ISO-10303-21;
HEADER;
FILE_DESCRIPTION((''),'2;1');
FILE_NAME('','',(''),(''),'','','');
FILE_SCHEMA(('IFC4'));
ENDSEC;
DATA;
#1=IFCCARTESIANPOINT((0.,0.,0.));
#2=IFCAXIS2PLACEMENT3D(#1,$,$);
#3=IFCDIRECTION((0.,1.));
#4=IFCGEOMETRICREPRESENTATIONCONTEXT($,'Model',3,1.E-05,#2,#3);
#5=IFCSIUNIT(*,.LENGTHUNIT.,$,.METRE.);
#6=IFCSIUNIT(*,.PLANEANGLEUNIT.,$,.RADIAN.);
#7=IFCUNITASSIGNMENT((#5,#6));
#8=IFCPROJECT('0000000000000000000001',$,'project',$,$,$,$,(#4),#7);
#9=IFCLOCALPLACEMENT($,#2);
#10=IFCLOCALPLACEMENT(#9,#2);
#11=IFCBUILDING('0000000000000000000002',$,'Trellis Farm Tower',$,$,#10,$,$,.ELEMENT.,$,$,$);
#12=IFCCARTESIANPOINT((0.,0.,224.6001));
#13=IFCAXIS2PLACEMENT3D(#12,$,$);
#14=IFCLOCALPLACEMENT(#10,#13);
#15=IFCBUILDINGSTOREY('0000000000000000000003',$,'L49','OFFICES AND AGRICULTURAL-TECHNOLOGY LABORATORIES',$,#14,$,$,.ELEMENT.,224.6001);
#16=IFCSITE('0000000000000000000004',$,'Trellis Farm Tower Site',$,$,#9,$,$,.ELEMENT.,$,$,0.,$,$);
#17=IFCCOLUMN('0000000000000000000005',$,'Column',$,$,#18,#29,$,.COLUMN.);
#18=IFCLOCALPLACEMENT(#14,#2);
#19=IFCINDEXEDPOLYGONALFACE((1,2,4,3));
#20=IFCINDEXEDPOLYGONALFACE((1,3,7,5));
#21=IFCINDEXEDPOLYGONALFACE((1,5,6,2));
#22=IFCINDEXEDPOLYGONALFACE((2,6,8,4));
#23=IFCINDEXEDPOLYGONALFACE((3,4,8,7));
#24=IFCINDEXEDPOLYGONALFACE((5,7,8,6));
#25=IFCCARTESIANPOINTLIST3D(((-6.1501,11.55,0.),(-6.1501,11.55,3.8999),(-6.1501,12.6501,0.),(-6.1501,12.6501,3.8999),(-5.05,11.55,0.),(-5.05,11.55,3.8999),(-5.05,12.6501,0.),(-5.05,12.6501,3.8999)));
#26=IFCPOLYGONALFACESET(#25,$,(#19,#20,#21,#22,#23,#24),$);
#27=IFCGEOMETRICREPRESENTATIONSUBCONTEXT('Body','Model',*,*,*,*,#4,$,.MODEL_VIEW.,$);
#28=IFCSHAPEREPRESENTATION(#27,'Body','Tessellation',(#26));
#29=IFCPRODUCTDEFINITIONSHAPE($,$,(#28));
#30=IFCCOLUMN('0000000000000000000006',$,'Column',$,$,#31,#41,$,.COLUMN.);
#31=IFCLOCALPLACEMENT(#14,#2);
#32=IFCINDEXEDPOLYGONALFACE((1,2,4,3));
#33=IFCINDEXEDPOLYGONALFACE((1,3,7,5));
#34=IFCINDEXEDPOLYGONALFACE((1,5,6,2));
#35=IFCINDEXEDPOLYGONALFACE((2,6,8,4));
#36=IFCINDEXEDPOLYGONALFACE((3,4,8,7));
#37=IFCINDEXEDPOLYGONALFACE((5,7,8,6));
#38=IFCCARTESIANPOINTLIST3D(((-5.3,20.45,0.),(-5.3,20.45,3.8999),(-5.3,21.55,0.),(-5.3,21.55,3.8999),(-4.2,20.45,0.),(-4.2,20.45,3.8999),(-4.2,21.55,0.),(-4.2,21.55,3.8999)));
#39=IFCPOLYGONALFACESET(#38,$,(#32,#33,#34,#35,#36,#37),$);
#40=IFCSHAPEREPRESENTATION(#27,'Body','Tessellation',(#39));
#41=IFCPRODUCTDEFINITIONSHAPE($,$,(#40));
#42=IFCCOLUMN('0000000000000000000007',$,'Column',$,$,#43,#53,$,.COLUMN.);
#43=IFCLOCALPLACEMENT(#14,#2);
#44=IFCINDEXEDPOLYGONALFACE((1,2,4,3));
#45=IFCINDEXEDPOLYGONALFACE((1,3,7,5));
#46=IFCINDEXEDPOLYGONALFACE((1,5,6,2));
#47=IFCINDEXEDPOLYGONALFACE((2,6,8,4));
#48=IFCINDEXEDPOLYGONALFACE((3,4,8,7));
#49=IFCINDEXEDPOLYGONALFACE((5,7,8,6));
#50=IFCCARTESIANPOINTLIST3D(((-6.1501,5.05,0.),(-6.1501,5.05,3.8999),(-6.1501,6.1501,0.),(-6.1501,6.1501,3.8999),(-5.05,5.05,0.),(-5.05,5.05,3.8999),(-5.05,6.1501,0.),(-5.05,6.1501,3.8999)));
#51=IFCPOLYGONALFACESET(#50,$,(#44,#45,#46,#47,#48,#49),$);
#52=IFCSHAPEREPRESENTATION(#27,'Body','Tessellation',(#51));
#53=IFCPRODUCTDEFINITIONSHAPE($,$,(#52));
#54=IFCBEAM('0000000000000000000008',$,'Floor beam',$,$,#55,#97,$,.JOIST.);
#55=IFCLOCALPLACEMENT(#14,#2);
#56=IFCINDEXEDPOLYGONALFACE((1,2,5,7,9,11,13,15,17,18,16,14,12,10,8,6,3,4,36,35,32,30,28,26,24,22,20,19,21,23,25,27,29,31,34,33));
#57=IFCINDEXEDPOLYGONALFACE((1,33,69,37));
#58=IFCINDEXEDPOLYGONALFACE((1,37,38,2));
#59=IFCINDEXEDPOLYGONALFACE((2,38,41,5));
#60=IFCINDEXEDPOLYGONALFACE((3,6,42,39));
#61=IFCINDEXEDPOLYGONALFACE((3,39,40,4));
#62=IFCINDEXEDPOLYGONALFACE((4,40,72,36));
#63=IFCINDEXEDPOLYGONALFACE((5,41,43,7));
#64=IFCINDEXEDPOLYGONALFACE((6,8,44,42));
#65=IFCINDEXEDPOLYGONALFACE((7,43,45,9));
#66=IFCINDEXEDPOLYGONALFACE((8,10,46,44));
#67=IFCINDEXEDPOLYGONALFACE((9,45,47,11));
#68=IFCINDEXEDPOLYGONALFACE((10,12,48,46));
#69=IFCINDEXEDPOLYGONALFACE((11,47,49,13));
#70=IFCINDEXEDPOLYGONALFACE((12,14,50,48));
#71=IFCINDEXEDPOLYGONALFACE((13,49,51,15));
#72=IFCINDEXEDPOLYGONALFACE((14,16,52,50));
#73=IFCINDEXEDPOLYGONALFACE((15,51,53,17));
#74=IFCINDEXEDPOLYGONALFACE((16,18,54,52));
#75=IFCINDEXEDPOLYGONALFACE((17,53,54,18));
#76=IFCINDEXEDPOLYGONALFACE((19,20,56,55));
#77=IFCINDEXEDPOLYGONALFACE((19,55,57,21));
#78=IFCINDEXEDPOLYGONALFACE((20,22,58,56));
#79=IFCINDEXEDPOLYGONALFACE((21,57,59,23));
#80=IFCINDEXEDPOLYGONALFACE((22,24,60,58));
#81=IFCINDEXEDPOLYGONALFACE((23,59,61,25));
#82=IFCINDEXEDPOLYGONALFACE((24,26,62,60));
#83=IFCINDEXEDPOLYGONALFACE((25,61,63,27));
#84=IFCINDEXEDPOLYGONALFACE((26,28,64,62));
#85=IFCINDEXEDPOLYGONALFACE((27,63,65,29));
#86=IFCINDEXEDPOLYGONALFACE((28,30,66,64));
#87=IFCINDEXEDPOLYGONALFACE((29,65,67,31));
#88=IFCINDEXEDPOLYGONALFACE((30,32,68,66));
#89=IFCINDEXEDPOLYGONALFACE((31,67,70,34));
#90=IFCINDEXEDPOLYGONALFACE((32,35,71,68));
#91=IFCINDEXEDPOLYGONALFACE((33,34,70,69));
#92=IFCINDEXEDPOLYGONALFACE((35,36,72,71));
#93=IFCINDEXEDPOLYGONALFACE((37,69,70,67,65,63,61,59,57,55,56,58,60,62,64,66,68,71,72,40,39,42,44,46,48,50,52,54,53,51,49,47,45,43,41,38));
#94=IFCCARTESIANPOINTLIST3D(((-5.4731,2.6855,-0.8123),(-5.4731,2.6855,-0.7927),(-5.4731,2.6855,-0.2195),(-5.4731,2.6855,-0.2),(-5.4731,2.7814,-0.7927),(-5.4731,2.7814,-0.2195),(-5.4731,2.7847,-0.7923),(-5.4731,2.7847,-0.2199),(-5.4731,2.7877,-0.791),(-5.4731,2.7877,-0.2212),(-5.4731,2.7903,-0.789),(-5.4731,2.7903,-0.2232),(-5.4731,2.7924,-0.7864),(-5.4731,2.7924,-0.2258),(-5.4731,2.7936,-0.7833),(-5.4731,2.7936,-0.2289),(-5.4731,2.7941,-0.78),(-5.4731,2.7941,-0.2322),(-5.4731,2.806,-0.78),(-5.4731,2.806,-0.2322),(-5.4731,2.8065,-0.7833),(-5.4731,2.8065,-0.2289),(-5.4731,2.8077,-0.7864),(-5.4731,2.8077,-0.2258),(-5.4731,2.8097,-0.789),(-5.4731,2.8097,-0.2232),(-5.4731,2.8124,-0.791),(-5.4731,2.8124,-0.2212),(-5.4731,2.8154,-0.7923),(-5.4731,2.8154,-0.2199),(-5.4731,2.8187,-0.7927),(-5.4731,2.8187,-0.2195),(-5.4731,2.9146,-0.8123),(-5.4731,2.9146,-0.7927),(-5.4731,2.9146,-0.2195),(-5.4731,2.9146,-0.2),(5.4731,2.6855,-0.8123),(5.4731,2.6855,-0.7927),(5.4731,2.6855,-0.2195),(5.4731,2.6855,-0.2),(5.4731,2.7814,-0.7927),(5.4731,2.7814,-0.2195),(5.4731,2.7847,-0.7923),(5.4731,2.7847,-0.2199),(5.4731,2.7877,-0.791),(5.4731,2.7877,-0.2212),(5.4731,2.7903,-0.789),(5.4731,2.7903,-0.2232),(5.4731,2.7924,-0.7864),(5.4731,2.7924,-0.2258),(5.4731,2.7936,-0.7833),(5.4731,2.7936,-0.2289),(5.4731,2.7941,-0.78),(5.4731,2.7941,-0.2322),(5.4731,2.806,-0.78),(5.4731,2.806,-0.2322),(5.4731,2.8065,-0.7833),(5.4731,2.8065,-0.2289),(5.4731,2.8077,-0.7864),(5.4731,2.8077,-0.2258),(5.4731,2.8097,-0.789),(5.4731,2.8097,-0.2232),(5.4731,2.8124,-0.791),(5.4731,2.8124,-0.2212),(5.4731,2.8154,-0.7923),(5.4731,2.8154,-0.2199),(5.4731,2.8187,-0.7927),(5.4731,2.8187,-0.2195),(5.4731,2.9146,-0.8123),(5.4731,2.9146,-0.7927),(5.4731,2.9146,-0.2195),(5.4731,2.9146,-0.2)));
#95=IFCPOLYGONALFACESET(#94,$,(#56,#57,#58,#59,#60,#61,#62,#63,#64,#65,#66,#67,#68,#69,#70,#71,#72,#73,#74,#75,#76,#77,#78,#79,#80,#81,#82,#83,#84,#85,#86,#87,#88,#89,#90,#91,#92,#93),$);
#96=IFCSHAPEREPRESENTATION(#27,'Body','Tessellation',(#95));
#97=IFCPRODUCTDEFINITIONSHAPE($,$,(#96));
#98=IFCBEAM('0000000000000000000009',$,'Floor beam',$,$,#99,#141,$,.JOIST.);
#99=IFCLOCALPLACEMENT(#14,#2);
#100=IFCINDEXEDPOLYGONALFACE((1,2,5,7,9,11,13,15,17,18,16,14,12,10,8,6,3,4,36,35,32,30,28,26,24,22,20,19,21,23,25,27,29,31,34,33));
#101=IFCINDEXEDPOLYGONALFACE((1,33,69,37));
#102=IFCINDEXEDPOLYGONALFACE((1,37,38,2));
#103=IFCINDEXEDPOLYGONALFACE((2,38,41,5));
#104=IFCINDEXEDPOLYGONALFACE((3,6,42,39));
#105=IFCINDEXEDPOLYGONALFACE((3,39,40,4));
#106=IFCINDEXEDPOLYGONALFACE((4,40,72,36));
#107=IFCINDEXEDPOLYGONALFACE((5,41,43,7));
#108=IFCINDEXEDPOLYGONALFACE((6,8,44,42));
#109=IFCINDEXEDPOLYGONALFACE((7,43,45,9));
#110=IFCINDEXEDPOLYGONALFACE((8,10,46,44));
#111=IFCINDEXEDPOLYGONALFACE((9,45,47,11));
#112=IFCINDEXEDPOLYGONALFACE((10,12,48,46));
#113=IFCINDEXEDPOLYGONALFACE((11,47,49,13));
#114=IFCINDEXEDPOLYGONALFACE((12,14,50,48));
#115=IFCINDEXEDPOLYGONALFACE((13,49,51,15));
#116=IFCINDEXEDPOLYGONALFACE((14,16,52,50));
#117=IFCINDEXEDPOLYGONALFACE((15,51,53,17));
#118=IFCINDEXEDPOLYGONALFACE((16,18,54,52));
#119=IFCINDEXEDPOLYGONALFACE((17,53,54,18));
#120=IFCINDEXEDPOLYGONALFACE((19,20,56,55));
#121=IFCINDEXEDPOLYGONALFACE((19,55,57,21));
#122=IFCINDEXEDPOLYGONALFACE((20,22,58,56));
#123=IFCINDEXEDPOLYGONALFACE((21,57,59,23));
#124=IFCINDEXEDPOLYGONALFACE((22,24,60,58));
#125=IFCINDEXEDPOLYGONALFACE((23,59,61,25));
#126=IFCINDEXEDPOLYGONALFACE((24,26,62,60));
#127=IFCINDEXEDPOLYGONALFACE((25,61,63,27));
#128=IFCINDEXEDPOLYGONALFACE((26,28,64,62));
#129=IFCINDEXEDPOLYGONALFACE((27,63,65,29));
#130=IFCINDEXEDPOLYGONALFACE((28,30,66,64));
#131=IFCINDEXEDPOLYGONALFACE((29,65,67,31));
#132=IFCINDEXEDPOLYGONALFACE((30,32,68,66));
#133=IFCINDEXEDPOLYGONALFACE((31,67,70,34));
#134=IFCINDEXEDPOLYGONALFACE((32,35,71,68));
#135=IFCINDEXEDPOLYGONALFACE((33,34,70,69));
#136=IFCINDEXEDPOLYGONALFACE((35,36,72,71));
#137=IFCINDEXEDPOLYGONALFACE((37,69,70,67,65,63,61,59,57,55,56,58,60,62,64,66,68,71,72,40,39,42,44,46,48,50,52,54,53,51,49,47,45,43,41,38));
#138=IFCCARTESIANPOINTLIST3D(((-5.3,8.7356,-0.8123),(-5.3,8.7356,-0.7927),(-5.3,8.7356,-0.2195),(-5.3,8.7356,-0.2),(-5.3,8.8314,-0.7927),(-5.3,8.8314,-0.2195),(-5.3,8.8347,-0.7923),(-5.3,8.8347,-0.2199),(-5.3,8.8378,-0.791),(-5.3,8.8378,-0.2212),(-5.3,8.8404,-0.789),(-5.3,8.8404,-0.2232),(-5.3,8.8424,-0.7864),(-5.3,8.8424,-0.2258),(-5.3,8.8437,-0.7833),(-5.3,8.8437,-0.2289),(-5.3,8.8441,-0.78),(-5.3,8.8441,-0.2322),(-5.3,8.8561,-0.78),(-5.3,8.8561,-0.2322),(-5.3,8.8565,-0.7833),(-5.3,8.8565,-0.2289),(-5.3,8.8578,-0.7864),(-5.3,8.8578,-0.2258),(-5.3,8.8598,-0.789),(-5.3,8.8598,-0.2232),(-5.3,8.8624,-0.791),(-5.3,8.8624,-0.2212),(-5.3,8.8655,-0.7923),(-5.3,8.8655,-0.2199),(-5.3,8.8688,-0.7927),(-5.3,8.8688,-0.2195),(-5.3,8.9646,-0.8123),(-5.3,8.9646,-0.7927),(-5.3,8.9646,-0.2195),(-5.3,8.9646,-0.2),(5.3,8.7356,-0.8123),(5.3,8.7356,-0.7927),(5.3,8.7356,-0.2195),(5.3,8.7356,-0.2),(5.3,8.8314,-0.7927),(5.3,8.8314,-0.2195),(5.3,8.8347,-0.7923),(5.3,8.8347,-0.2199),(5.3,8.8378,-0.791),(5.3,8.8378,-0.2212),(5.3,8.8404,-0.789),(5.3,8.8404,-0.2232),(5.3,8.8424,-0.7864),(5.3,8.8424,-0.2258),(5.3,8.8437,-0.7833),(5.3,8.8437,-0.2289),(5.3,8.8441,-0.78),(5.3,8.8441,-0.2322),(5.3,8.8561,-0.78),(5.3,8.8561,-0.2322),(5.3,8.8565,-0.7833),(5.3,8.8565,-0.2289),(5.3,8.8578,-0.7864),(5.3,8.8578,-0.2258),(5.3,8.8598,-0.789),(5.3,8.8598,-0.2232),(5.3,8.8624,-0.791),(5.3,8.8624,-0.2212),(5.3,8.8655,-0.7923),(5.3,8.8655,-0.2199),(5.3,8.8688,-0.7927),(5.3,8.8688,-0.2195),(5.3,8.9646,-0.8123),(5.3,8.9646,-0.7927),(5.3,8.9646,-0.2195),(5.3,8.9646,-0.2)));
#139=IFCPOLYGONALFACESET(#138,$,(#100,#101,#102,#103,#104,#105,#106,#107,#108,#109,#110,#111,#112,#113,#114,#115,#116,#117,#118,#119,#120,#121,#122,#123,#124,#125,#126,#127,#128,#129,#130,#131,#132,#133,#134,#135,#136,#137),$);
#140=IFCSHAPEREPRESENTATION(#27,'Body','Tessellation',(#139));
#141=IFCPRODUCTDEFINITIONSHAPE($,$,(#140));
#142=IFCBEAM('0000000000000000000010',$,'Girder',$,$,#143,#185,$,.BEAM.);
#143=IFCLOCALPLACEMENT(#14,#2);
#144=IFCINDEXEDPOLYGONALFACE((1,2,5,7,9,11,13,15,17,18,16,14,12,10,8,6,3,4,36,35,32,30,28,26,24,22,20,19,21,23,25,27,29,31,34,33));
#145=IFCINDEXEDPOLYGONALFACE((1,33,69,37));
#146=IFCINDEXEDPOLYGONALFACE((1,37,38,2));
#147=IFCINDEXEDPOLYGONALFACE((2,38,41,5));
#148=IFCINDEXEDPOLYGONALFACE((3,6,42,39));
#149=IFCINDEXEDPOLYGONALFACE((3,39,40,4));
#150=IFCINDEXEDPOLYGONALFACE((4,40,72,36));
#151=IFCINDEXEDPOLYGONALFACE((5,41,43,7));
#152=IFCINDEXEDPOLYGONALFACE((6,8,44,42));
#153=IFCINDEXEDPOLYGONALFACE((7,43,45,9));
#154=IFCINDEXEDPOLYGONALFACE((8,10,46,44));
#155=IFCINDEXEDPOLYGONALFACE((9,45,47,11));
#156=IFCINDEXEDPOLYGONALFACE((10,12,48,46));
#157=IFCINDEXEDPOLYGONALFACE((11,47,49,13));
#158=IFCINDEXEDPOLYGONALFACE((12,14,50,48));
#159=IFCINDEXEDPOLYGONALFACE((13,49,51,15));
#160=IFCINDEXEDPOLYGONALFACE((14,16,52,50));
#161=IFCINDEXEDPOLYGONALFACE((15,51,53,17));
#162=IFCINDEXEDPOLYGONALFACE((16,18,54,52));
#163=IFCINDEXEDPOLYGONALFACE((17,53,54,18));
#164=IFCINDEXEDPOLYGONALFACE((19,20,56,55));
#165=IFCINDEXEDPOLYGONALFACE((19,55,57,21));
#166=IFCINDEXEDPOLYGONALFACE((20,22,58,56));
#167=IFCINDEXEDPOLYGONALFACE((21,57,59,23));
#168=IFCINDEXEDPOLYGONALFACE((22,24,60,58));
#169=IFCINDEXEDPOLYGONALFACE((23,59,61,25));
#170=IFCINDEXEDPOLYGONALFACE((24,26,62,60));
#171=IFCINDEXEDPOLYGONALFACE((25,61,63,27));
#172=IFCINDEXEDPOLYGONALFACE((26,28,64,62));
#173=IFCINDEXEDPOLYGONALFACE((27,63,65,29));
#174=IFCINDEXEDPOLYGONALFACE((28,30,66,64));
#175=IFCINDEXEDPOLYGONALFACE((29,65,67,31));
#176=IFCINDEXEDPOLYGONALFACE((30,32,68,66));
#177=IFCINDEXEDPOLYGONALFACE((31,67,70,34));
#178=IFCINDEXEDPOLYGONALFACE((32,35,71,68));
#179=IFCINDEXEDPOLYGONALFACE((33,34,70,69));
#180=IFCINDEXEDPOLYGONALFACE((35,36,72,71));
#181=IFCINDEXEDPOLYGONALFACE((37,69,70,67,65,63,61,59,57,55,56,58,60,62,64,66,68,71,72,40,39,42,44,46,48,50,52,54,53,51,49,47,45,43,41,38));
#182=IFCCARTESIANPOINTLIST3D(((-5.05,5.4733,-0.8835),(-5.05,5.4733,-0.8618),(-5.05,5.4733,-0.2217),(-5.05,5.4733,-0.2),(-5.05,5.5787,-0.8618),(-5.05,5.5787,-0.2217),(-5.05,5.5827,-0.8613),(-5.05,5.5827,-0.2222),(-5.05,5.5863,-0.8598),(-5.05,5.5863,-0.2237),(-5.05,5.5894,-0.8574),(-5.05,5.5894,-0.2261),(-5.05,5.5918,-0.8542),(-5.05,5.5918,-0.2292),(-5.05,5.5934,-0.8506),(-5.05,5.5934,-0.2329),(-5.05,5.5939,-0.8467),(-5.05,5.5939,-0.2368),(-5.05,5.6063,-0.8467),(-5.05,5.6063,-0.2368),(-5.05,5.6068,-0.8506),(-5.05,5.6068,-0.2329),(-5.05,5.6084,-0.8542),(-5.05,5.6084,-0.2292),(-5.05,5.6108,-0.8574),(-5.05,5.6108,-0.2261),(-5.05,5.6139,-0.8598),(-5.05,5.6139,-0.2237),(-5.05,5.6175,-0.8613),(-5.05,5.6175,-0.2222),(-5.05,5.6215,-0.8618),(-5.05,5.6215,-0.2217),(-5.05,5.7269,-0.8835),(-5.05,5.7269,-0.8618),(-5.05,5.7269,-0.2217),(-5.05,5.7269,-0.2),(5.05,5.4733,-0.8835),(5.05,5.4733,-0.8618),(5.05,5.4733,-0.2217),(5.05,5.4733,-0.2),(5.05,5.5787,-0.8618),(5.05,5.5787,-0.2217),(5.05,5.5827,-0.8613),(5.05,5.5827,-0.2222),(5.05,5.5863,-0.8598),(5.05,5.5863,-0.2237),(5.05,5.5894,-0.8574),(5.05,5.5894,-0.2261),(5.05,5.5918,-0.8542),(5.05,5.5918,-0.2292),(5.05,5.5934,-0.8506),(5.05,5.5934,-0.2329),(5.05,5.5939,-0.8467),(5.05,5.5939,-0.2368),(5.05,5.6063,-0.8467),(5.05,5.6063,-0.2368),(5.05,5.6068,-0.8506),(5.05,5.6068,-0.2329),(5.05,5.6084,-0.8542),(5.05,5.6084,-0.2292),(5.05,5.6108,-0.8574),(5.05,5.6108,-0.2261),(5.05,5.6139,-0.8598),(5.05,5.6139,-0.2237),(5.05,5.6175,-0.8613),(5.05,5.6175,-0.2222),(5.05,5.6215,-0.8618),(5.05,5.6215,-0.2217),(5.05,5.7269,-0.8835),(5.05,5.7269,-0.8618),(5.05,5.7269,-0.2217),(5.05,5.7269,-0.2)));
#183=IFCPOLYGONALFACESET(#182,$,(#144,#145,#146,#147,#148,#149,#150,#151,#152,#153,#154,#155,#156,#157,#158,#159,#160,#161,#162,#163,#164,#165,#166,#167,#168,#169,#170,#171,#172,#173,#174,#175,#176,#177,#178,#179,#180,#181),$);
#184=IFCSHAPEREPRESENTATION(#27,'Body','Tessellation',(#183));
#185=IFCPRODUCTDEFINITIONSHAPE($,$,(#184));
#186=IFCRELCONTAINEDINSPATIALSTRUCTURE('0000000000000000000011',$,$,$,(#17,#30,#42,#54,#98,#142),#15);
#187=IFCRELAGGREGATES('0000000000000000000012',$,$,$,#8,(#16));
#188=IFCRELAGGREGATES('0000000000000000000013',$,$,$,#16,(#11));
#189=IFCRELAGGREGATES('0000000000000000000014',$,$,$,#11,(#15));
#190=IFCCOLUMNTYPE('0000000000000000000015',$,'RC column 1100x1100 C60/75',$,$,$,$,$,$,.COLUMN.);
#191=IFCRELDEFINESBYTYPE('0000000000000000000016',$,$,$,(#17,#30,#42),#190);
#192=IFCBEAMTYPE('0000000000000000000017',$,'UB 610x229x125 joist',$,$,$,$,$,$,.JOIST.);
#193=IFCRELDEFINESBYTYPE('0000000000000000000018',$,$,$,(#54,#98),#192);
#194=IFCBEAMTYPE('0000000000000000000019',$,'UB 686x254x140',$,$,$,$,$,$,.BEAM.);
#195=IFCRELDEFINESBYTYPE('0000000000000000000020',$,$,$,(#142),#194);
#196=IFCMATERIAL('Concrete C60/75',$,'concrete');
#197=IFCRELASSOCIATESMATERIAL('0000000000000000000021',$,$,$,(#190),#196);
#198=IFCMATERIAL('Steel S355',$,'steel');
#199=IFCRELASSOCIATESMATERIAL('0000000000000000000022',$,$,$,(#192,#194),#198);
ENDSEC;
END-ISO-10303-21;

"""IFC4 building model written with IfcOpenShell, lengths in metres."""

from ifc_helpers import new_model, si_unit, direction, frame, origin, origin_2d, place, context, subcontext, project, spatial, rectangle, i_section, extrude, source, transform, mapped, material, material_profile, profile_set, type_object, element, save


model = new_model("IFC4")

# Units and contexts
model_context = context("Model", 3, precision=1e-05, world=origin(), true_north=direction((0.0, 1.0)))
body_context = subcontext(model_context, "Body", "Model", "MODEL_VIEW")
ifc_project = project(units=[si_unit("LENGTHUNIT", "METRE"), si_unit("PLANEANGLEUNIT", "RADIAN")], contexts=[model_context])

# Site, building, storey
site_placement = place(None, origin())
site = spatial("IfcSite", under=ifc_project, at=site_placement, Name="Trellis Farm Tower Site", CompositionType="ELEMENT", RefElevation=0.0)
building_placement = place(site_placement, origin())
building = spatial("IfcBuilding", under=site, at=building_placement, Name="Trellis Farm Tower", CompositionType="ELEMENT")
storey_placement = place(building_placement, frame((0.0, 0.0, 224.6001)))
storey = spatial("IfcBuildingStorey", under=building, at=storey_placement, Name="L49", Description="OFFICES AND AGRICULTURAL-TECHNOLOGY LABORATORIES", CompositionType="ELEMENT", Elevation=224.6001)

# Columns
ifc_material_1 = material(Name="Concrete C60/75", Category="concrete")
ifc_material_profile_1 = material_profile(ifc_material_1, rectangle(XDim=1.1001, YDim=1.1001, at=origin_2d()), Name="RC column 1100x1100 C60/75")
ifc_profile_set_1 = profile_set([ifc_material_profile_1], Name="Concrete C60/75")
column_type = type_object("IfcColumnType", Name="RC column 1100x1100 C60/75", PredefinedType="COLUMN", material=ifc_profile_set_1)
shared_shape_1 = source(origin(), body_context, "Body", "SweptSolid", [
    extrude(rectangle(XDim=1.1001, YDim=1.1001, at=origin_2d()), origin(), (0.0, 0.0, 1.0), 3.8999),
])
for number, where, z_axis, x_axis, name in (
    (1, (-5.6001, 12.1001, 0.0), (0.0, 0.0, 1.0), (1.0, 0.0, 0.0), "Column"),
    (2, (-4.75, 21.0, 0.0), (0.0, 0.0, 1.0), (1.0, 0.0, 0.0), "Column"),
    (3, (-5.6001, 5.6001, 0.0), (0.0, 0.0, 1.0), (1.0, 0.0, 0.0), "Column"),
):
    element("IfcColumn", number, at=place(storey_placement, frame(where, z_axis=z_axis, x_axis=x_axis)), inside=storey, type_object=column_type, Name=name, PredefinedType="COLUMN", context=body_context, shape_type="MappedRepresentation", body=[
        mapped(shared_shape_1, transform((0.0, 0.0, 0.0))),
    ])

# Beams
ifc_material_2 = material(Name="Steel S355", Category="steel")
ifc_material_profile_2 = material_profile(ifc_material_2, i_section(OverallWidth=0.229, OverallDepth=0.6123, WebThickness=0.012, FlangeThickness=0.0195, FilletRadius=0.0127, at=origin_2d()), Name="UB 610x229x125")
ifc_profile_set_2 = profile_set([ifc_material_profile_2], Name="Steel S355")
beam_type_1 = type_object("IfcBeamType", Name="UB 610x229x125 joist", PredefinedType="JOIST", material=ifc_profile_set_2)
shared_shape_2 = source(origin(), body_context, "Body", "SweptSolid", [
    extrude(i_section(OverallWidth=0.229, OverallDepth=0.6123, WebThickness=0.012, FlangeThickness=0.0195, FilletRadius=0.0127, at=origin_2d()), origin(), (0.0, 0.0, 1.0), 10.9463),
])
beam_1_placement = place(storey_placement, frame((-5.4731, 2.8, -0.5061), z_axis=(1.0, 0.0, 0.0), x_axis=(0.0, 1.0, 0.0)))
element("IfcBeam", 4, at=beam_1_placement, inside=storey, type_object=beam_type_1, Name="Floor beam", PredefinedType="JOIST", context=body_context, shape_type="MappedRepresentation", body=[
    mapped(shared_shape_2, transform((0.0, 0.0, 0.0))),
])
shared_shape_3 = source(origin(), body_context, "Body", "SweptSolid", [
    extrude(i_section(OverallWidth=0.229, OverallDepth=0.6123, WebThickness=0.012, FlangeThickness=0.0195, FilletRadius=0.0127, at=origin_2d()), origin(), (0.0, 0.0, 1.0), 10.6001),
])
beam_2_placement = place(storey_placement, frame((-5.3, 8.8501, -0.5061), z_axis=(1.0, 0.0, 0.0), x_axis=(0.0, 1.0, 0.0)))
element("IfcBeam", 5, at=beam_2_placement, inside=storey, type_object=beam_type_1, Name="Floor beam", PredefinedType="JOIST", context=body_context, shape_type="MappedRepresentation", body=[
    mapped(shared_shape_3, transform((0.0, 0.0, 0.0))),
])
ifc_material_profile_3 = material_profile(ifc_material_2, i_section(OverallWidth=0.2537, OverallDepth=0.6836, WebThickness=0.0125, FlangeThickness=0.0217, FilletRadius=0.0151, at=origin_2d()), Name="UB 686x254x140")
ifc_profile_set_3 = profile_set([ifc_material_profile_3], Name="Steel S355")
beam_type_2 = type_object("IfcBeamType", Name="UB 686x254x140", PredefinedType="BEAM", material=ifc_profile_set_3)
shared_shape_4 = source(origin(), body_context, "Body", "SweptSolid", [
    extrude(i_section(OverallWidth=0.2537, OverallDepth=0.6836, WebThickness=0.0125, FlangeThickness=0.0217, FilletRadius=0.0151, at=origin_2d()), origin(), (0.0, 0.0, 1.0), 10.1001),
])
for number, where, z_axis, x_axis, name in (
    (6, (-5.05, 5.6001, -0.5417), (1.0, 0.0, 0.0), (0.0, 1.0, 0.0), "Girder"),
):
    element("IfcBeam", number, at=place(storey_placement, frame(where, z_axis=z_axis, x_axis=x_axis)), inside=storey, type_object=beam_type_2, Name=name, PredefinedType="BEAM", context=body_context, shape_type="MappedRepresentation", body=[
        mapped(shared_shape_4, transform((0.0, 0.0, 0.0))),
    ])

save(model, "model.ifc")
